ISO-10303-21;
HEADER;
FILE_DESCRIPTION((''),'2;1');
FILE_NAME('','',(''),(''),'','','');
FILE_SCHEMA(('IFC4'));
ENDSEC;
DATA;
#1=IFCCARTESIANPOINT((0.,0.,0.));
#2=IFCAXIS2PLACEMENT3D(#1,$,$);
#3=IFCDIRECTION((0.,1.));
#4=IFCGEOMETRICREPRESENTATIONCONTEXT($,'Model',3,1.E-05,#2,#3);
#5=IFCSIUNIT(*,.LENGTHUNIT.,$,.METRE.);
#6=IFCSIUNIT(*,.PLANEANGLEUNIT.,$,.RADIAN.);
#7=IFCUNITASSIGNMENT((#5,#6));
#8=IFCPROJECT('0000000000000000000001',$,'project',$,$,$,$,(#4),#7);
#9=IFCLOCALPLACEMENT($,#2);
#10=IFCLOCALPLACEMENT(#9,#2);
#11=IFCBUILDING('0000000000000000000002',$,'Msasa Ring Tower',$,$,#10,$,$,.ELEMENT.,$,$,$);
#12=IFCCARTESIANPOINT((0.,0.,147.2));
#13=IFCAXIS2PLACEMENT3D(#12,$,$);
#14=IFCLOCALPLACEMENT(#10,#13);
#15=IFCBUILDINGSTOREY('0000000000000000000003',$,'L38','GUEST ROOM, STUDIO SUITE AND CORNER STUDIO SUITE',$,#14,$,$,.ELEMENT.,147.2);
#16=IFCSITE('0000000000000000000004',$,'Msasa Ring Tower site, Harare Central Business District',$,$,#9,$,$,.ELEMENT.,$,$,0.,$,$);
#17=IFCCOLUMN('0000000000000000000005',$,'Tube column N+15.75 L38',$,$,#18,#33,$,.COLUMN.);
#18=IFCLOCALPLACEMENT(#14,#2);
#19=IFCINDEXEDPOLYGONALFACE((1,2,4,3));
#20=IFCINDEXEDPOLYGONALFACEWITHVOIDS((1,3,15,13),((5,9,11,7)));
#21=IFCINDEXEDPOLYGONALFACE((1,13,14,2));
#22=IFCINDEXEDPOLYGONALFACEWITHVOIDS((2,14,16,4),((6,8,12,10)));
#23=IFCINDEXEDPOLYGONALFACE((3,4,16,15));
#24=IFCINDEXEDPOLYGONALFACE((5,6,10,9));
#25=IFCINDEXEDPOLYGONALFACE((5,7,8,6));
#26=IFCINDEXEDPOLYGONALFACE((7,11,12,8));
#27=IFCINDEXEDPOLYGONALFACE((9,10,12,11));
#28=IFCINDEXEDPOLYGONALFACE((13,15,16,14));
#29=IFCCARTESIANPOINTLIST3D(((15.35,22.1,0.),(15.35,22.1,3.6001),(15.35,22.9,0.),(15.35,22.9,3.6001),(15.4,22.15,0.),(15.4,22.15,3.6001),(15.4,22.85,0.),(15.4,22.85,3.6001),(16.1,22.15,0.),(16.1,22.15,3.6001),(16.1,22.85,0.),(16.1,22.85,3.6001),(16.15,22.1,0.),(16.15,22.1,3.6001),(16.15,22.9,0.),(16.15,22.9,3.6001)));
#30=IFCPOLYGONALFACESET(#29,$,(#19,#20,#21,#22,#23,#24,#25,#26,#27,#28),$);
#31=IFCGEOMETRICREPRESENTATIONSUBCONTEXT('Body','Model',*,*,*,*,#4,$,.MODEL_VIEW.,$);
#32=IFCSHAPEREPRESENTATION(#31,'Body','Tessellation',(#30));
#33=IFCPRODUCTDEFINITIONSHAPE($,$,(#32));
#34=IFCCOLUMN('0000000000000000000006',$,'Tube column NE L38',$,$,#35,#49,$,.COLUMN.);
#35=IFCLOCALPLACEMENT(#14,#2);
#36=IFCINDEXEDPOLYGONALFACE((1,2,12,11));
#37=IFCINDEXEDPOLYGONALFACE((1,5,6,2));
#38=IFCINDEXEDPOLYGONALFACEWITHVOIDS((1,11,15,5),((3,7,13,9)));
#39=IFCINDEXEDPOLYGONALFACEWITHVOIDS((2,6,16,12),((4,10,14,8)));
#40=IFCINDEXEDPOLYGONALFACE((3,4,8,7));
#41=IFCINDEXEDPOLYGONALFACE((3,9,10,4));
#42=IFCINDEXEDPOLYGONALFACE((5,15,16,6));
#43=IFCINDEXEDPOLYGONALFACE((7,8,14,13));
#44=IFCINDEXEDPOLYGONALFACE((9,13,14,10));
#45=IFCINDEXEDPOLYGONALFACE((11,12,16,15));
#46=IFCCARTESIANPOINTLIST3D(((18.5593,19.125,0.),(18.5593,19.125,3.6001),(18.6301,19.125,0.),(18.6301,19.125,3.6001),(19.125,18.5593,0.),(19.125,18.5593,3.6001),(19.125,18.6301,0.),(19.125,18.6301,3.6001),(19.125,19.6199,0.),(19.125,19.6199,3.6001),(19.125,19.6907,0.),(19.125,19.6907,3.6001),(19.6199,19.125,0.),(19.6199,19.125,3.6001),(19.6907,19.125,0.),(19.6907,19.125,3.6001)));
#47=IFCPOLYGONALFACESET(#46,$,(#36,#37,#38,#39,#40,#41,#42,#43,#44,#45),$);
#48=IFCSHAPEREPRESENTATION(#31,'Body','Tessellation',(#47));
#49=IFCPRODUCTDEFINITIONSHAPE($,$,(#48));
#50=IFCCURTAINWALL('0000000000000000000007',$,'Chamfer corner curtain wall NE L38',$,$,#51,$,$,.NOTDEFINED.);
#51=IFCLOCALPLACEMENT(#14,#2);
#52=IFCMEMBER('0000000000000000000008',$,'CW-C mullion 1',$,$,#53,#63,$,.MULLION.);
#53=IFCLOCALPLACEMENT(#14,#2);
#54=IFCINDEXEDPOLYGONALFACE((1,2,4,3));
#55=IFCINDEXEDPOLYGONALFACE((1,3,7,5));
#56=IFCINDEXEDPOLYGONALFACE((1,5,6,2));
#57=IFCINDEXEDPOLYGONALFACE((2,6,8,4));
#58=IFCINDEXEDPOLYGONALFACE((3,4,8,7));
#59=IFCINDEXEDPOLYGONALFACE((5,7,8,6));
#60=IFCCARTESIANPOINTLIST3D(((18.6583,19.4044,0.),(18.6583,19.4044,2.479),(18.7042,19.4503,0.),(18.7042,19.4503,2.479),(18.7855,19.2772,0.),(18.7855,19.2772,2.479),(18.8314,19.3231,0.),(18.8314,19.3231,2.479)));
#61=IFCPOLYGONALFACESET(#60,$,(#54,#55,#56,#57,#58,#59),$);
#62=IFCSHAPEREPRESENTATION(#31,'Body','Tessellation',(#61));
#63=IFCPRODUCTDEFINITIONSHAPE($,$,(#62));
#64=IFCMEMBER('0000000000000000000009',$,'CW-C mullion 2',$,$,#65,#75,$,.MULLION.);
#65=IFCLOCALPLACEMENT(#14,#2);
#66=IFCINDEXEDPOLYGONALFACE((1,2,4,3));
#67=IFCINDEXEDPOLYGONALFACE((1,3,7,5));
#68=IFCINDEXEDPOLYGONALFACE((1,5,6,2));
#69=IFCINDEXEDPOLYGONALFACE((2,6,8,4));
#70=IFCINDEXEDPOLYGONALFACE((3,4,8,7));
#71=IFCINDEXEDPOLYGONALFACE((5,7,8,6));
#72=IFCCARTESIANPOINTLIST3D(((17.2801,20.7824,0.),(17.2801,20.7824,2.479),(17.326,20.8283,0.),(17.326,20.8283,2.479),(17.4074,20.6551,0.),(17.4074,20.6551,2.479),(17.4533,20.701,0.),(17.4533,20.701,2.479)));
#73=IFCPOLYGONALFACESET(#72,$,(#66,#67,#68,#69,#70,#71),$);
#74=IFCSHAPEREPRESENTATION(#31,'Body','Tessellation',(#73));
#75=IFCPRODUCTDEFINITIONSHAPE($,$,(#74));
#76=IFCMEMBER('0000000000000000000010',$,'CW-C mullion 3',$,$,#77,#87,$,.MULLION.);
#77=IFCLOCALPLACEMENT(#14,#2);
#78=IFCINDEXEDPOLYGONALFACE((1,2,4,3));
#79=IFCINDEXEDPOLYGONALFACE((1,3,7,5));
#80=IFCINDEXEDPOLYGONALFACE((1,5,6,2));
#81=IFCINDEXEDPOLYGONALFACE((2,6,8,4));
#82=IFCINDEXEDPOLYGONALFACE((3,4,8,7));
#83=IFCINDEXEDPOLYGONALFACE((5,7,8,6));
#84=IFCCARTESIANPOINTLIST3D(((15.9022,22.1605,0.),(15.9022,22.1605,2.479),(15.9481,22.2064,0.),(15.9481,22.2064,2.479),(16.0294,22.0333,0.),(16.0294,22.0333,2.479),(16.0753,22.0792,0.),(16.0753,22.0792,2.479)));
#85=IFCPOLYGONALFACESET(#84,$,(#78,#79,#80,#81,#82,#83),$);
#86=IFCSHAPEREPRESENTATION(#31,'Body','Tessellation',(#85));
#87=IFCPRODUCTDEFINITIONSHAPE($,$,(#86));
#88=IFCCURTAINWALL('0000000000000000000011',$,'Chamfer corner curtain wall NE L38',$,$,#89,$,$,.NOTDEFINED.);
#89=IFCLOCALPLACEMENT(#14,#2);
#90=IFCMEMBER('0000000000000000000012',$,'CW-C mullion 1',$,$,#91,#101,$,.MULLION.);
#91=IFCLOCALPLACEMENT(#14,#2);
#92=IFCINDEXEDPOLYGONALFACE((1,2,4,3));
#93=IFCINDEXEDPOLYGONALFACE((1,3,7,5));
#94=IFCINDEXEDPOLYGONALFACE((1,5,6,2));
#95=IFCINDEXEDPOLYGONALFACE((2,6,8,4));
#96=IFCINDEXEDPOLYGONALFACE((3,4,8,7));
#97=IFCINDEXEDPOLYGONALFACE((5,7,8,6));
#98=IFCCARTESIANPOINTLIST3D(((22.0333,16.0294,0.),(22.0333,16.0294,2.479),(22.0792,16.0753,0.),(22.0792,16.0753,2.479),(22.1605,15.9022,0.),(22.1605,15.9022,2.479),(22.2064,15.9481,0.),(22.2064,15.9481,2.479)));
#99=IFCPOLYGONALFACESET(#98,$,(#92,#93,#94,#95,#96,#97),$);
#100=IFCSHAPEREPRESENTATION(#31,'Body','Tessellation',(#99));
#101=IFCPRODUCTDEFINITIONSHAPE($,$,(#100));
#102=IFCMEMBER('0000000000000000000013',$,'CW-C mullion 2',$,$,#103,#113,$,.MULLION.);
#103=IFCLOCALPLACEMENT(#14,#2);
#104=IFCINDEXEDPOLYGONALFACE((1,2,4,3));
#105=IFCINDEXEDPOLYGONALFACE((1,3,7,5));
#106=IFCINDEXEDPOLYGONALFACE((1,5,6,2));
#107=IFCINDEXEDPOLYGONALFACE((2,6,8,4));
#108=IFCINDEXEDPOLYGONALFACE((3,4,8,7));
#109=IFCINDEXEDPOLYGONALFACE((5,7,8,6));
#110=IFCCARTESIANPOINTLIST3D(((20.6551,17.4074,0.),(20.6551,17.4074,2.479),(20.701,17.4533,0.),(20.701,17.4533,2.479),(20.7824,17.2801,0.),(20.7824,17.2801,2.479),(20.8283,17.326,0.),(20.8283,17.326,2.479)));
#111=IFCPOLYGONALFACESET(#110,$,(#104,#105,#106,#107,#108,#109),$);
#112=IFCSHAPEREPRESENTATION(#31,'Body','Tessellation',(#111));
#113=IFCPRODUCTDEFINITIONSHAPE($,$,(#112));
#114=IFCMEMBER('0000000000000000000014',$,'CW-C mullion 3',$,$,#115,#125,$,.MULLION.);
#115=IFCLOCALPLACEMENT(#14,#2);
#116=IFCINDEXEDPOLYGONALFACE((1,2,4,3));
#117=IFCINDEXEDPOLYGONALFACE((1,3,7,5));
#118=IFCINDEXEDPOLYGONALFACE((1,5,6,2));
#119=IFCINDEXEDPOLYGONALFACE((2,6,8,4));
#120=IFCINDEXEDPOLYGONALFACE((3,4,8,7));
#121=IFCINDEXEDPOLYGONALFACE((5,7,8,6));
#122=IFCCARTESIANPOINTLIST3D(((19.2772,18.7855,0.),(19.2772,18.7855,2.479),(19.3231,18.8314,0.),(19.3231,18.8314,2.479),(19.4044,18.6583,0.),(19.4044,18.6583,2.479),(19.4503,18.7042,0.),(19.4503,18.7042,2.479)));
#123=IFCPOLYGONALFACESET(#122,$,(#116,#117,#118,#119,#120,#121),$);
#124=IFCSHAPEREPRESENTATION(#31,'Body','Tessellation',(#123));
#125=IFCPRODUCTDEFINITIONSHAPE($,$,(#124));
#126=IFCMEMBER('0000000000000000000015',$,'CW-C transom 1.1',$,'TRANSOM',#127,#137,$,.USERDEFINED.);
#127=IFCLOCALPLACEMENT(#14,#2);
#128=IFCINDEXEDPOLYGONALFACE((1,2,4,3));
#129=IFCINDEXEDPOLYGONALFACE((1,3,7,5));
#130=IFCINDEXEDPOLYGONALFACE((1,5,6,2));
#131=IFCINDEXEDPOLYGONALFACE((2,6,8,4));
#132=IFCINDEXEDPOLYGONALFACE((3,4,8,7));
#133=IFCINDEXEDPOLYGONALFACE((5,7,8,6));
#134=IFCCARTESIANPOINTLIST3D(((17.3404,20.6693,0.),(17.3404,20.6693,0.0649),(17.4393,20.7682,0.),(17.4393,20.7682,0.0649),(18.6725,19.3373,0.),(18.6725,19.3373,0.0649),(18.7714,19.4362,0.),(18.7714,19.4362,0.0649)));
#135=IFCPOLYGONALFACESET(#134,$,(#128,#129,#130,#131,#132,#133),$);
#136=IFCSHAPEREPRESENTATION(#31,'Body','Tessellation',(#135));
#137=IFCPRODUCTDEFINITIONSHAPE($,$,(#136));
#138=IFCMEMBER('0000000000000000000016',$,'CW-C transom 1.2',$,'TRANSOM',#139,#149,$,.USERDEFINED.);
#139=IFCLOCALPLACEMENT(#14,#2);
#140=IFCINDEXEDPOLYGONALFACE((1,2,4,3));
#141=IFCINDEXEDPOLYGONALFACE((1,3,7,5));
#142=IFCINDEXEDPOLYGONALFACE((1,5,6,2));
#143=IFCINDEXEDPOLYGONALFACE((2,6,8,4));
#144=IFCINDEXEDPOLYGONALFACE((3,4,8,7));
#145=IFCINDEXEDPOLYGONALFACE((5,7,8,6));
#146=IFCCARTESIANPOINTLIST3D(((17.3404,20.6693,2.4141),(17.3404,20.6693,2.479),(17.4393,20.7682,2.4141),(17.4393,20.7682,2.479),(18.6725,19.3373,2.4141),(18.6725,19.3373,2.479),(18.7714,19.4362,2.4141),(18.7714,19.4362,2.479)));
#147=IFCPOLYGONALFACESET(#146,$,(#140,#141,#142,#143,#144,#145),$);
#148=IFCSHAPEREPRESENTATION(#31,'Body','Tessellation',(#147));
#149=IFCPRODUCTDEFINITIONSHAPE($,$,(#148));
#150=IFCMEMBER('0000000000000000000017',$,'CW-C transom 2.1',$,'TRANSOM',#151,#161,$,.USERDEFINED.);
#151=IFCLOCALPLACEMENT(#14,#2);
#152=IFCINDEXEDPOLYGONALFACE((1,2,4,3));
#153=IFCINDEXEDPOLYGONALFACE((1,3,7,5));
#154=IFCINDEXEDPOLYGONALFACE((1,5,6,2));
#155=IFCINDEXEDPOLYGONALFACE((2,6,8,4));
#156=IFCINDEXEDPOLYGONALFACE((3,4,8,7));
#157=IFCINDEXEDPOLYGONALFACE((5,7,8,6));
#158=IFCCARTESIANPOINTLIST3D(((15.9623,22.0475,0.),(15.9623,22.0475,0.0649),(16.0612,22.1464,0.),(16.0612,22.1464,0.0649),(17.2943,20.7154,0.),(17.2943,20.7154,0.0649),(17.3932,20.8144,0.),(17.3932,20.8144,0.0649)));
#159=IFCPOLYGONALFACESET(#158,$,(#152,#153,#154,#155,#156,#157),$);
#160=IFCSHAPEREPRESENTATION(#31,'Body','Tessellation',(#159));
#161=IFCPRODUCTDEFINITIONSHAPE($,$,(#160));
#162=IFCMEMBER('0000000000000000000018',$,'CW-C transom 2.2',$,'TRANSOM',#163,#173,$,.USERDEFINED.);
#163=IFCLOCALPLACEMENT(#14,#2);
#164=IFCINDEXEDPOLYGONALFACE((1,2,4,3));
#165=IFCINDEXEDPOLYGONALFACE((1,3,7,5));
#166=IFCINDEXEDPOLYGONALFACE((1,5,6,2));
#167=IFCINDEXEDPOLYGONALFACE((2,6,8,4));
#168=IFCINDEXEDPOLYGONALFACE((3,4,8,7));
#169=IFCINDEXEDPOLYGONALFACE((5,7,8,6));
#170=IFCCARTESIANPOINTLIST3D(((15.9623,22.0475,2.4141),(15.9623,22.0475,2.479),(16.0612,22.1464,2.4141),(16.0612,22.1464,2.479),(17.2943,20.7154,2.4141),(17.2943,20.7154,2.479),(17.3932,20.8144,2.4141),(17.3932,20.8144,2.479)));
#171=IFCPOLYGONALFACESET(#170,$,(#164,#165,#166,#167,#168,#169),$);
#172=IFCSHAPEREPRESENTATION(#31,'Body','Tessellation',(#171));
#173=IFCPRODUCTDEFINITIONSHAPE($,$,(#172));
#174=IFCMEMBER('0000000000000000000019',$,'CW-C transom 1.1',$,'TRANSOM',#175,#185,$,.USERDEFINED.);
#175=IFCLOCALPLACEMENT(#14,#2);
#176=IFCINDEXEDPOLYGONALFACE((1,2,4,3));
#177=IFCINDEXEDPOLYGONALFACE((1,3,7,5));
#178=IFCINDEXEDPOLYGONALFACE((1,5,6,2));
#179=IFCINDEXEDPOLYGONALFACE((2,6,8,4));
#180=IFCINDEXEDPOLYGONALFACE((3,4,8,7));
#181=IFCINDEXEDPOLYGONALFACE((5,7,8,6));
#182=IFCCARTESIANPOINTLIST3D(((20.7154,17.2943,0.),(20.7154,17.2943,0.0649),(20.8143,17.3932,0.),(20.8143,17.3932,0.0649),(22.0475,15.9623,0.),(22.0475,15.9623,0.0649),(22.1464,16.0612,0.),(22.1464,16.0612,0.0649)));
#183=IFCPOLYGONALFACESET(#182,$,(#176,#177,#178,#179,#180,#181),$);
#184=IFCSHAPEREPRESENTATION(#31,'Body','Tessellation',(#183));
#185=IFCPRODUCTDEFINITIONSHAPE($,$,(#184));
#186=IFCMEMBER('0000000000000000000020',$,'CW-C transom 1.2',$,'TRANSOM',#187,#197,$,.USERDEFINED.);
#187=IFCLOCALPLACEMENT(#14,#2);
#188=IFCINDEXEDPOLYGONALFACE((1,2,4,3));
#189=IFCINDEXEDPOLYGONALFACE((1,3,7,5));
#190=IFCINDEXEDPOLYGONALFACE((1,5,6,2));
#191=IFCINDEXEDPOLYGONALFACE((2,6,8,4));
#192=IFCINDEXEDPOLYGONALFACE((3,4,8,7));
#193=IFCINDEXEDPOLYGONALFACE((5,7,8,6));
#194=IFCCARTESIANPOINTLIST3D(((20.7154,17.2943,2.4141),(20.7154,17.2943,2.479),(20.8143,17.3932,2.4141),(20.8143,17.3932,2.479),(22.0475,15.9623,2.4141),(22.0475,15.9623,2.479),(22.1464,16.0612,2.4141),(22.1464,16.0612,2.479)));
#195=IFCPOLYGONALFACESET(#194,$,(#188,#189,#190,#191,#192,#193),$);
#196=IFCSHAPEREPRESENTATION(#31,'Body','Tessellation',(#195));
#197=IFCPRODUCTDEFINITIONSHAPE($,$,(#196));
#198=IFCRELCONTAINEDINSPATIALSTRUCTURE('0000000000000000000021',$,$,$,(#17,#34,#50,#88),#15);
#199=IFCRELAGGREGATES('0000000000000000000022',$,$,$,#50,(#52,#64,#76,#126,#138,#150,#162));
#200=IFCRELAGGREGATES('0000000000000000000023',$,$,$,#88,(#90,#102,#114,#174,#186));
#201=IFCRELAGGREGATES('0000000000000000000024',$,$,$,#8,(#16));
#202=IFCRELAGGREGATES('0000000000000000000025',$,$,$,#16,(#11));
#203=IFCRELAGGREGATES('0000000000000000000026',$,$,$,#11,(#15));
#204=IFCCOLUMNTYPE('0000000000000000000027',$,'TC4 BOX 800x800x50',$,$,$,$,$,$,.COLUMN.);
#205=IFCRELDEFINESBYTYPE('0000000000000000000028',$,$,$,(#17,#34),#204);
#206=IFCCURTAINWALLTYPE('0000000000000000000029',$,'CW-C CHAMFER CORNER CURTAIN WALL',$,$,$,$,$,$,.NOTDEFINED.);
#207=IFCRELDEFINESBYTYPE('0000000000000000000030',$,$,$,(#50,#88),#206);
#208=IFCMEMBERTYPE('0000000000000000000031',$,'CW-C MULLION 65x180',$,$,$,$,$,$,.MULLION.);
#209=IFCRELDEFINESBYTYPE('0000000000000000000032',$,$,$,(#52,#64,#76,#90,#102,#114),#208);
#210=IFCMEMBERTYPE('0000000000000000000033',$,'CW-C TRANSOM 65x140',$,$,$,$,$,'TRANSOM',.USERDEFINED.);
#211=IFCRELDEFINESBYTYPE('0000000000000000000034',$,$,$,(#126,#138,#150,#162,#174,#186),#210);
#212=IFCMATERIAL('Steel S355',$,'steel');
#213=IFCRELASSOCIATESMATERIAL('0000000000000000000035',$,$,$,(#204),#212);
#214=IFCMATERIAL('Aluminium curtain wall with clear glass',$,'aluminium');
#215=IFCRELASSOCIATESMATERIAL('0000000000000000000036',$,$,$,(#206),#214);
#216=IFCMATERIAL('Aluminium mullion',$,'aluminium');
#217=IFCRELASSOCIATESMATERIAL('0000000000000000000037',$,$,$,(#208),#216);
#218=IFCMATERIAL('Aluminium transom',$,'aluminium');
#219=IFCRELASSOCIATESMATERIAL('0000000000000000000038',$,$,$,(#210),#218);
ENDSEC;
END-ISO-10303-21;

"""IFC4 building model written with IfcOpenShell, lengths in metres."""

from ifc_helpers import new_model, si_unit, direction, frame, origin, origin_2d, place, context, subcontext, project, spatial, rectangle, hollow_rectangle, extrude, material, material_profile, profile_set, type_object, element, aggregate, save


model = new_model("IFC4")

# Units and contexts
model_context = context("Model", 3, precision=1e-05, world=origin(), true_north=direction((0.0, 1.0)))
body_context = subcontext(model_context, "Body", "Model", "MODEL_VIEW")
ifc_project = project(units=[si_unit("LENGTHUNIT", "METRE"), si_unit("PLANEANGLEUNIT", "RADIAN")], contexts=[model_context])

# Site, building, storey
site_placement = place(None, origin())
site = spatial("IfcSite", under=ifc_project, at=site_placement, Name="Msasa Ring Tower site, Harare Central Business District", CompositionType="ELEMENT", RefElevation=0.0)
building_placement = place(site_placement, origin())
building = spatial("IfcBuilding", under=site, at=building_placement, Name="Msasa Ring Tower", CompositionType="ELEMENT")
storey_placement = place(building_placement, frame((0.0, 0.0, 147.2)))
storey = spatial("IfcBuildingStorey", under=building, at=storey_placement, Name="L38", Description="GUEST ROOM, STUDIO SUITE AND CORNER STUDIO SUITE", CompositionType="ELEMENT", Elevation=147.2)

# Columns
ifc_material_1 = material(Name="Steel S355", Category="steel")
ifc_material_profile_1 = material_profile(ifc_material_1, hollow_rectangle(XDim=0.8, YDim=0.8, WallThickness=0.05, at=origin_2d()), Name="BOX 800x800x50")
ifc_profile_set_1 = profile_set([ifc_material_profile_1], Name="Steel S355")
column_type = type_object("IfcColumnType", Name="TC4 BOX 800x800x50", PredefinedType="COLUMN", material=ifc_profile_set_1)
for number, where, z_axis, x_axis, name in (
    (1, (15.75, 22.5, 0.0), (0.0, 0.0, 1.0), (0.0, 1.0, 0.0), "Tube column N+15.75 L38"),
    (2, (19.125, 19.125, 0.0), (0.0, 0.0, 1.0), (0.707107, 0.707107, 0.0), "Tube column NE L38"),
):
    element("IfcColumn", number, at=place(storey_placement, frame(where, z_axis=z_axis, x_axis=x_axis)), inside=storey, type_object=column_type, Name=name, PredefinedType="COLUMN", context=body_context, shape_type="SweptSolid", body=[
        extrude(hollow_rectangle(XDim=0.8, YDim=0.8, WallThickness=0.05, at=origin_2d()), origin(), (0.0, 0.0, 1.0), 3.6001),
    ])

# Curtain walls, members
ifc_material_2 = material(Name="Aluminium curtain wall with clear glass", Category="aluminium")
curtain_wall_type = type_object("IfcCurtainWallType", Name="CW-C CHAMFER CORNER CURTAIN WALL", PredefinedType="NOTDEFINED", material=ifc_material_2)
curtain_wall_1_placement = place(storey_placement, origin())
curtain_wall_1 = element("IfcCurtainWall", 3, at=curtain_wall_1_placement, inside=storey, type_object=curtain_wall_type, Name="Chamfer corner curtain wall NE L38", PredefinedType="NOTDEFINED")
ifc_material_3 = material(Name="Aluminium mullion", Category="aluminium")
ifc_material_profile_2 = material_profile(ifc_material_3, rectangle(XDim=0.0649, YDim=0.1799, at=origin_2d()), Name="AL 65x180")
ifc_profile_set_2 = profile_set([ifc_material_profile_2], Name="Aluminium mullion")
member_type_1 = type_object("IfcMemberType", Name="CW-C MULLION 65x180", PredefinedType="MULLION", material=ifc_profile_set_2)
member_1_placement = place(storey_placement, frame((18.7449, 19.3638, 0.0), z_axis=(0.0, 0.0, 1.0), x_axis=(-0.707107, -0.707107, 0.0)))
member_1 = element("IfcMember", 4, at=member_1_placement, type_object=member_type_1, Name="CW-C mullion 1", PredefinedType="MULLION", context=body_context, shape_type="SweptSolid", body=[
    extrude(rectangle(XDim=0.0649, YDim=0.1799, at=origin_2d()), origin(), (0.0, 0.0, 1.0), 2.479),
])
member_2_placement = place(storey_placement, frame((17.3667, 20.7417, 0.0), z_axis=(0.0, 0.0, 1.0), x_axis=(-0.707107, -0.707107, 0.0)))
member_2 = element("IfcMember", 5, at=member_2_placement, type_object=member_type_1, Name="CW-C mullion 2", PredefinedType="MULLION", context=body_context, shape_type="SweptSolid", body=[
    extrude(rectangle(XDim=0.0649, YDim=0.1799, at=origin_2d()), origin(), (0.0, 0.0, 1.0), 2.479),
])
member_3_placement = place(storey_placement, frame((15.9888, 22.1199, 0.0), z_axis=(0.0, 0.0, 1.0), x_axis=(-0.707107, -0.707107, 0.0)))
member_3 = element("IfcMember", 6, at=member_3_placement, type_object=member_type_1, Name="CW-C mullion 3", PredefinedType="MULLION", context=body_context, shape_type="SweptSolid", body=[
    extrude(rectangle(XDim=0.0649, YDim=0.1799, at=origin_2d()), origin(), (0.0, 0.0, 1.0), 2.479),
])
curtain_wall_2_placement = place(storey_placement, origin())
curtain_wall_2 = element("IfcCurtainWall", 7, at=curtain_wall_2_placement, inside=storey, type_object=curtain_wall_type, Name="Chamfer corner curtain wall NE L38", PredefinedType="NOTDEFINED")
member_4_placement = place(storey_placement, frame((22.1199, 15.9888, 0.0), z_axis=(0.0, 0.0, 1.0), x_axis=(-0.707107, -0.707107, 0.0)))
member_4 = element("IfcMember", 8, at=member_4_placement, type_object=member_type_1, Name="CW-C mullion 1", PredefinedType="MULLION", context=body_context, shape_type="SweptSolid", body=[
    extrude(rectangle(XDim=0.0649, YDim=0.1799, at=origin_2d()), origin(), (0.0, 0.0, 1.0), 2.479),
])
member_5_placement = place(storey_placement, frame((20.7417, 17.3667, 0.0), z_axis=(0.0, 0.0, 1.0), x_axis=(-0.707107, -0.707107, 0.0)))
member_5 = element("IfcMember", 9, at=member_5_placement, type_object=member_type_1, Name="CW-C mullion 2", PredefinedType="MULLION", context=body_context, shape_type="SweptSolid", body=[
    extrude(rectangle(XDim=0.0649, YDim=0.1799, at=origin_2d()), origin(), (0.0, 0.0, 1.0), 2.479),
])
member_6_placement = place(storey_placement, frame((19.3638, 18.7449, 0.0), z_axis=(0.0, 0.0, 1.0), x_axis=(-0.707107, -0.707107, 0.0)))
member_6 = element("IfcMember", 10, at=member_6_placement, type_object=member_type_1, Name="CW-C mullion 3", PredefinedType="MULLION", context=body_context, shape_type="SweptSolid", body=[
    extrude(rectangle(XDim=0.0649, YDim=0.1799, at=origin_2d()), origin(), (0.0, 0.0, 1.0), 2.479),
])

# Members
ifc_material_4 = material(Name="Aluminium transom", Category="aluminium")
ifc_material_profile_3 = material_profile(ifc_material_4, rectangle(XDim=0.1399, YDim=0.0649, at=origin_2d()), Name="AL 65x140")
ifc_profile_set_3 = profile_set([ifc_material_profile_3], Name="Aluminium transom")
member_type_2 = type_object("IfcMemberType", Name="CW-C TRANSOM 65x140", ElementType="TRANSOM", PredefinedType="USERDEFINED", material=ifc_profile_set_3)
member_7_placement = place(storey_placement, frame((18.7219, 19.3867, 0.0325), z_axis=(-0.707107, 0.707107, 0.0), x_axis=(-0.707107, -0.707107, 0.0)))
member_7 = element("IfcMember", 11, at=member_7_placement, type_object=member_type_2, Name="CW-C transom 1.1", ObjectType="TRANSOM", PredefinedType="USERDEFINED", context=body_context, shape_type="SweptSolid", body=[
    extrude(rectangle(XDim=0.1399, YDim=0.0649, at=origin_2d()), origin(), (0.0, 0.0, 1.0), 1.8838),
])
member_8_placement = place(storey_placement, frame((18.7219, 19.3867, 2.4465), z_axis=(-0.707107, 0.707107, 0.0), x_axis=(-0.707107, -0.707107, 0.0)))
member_8 = element("IfcMember", 12, at=member_8_placement, type_object=member_type_2, Name="CW-C transom 1.2", ObjectType="TRANSOM", PredefinedType="USERDEFINED", context=body_context, shape_type="SweptSolid", body=[
    extrude(rectangle(XDim=0.1399, YDim=0.0649, at=origin_2d()), origin(), (0.0, 0.0, 1.0), 1.8838),
])
member_9_placement = place(storey_placement, frame((17.3438, 20.7649, 0.0325), z_axis=(-0.707107, 0.707107, 0.0), x_axis=(-0.707107, -0.707107, 0.0)))
member_9 = element("IfcMember", 13, at=member_9_placement, type_object=member_type_2, Name="CW-C transom 2.1", ObjectType="TRANSOM", PredefinedType="USERDEFINED", context=body_context, shape_type="SweptSolid", body=[
    extrude(rectangle(XDim=0.1399, YDim=0.0649, at=origin_2d()), origin(), (0.0, 0.0, 1.0), 1.8838),
])
member_10_placement = place(storey_placement, frame((17.3438, 20.7649, 2.4465), z_axis=(-0.707107, 0.707107, 0.0), x_axis=(-0.707107, -0.707107, 0.0)))
member_10 = element("IfcMember", 14, at=member_10_placement, type_object=member_type_2, Name="CW-C transom 2.2", ObjectType="TRANSOM", PredefinedType="USERDEFINED", context=body_context, shape_type="SweptSolid", body=[
    extrude(rectangle(XDim=0.1399, YDim=0.0649, at=origin_2d()), origin(), (0.0, 0.0, 1.0), 1.8838),
])
member_11_placement = place(storey_placement, frame((22.0969, 16.0117, 0.0325), z_axis=(-0.707107, 0.707107, 0.0), x_axis=(-0.707107, -0.707107, 0.0)))
member_11 = element("IfcMember", 15, at=member_11_placement, type_object=member_type_2, Name="CW-C transom 1.1", ObjectType="TRANSOM", PredefinedType="USERDEFINED", context=body_context, shape_type="SweptSolid", body=[
    extrude(rectangle(XDim=0.1399, YDim=0.0649, at=origin_2d()), origin(), (0.0, 0.0, 1.0), 1.8838),
])
member_12_placement = place(storey_placement, frame((22.0969, 16.0117, 2.4465), z_axis=(-0.707107, 0.707107, 0.0), x_axis=(-0.707107, -0.707107, 0.0)))
member_12 = element("IfcMember", 16, at=member_12_placement, type_object=member_type_2, Name="CW-C transom 1.2", ObjectType="TRANSOM", PredefinedType="USERDEFINED", context=body_context, shape_type="SweptSolid", body=[
    extrude(rectangle(XDim=0.1399, YDim=0.0649, at=origin_2d()), origin(), (0.0, 0.0, 1.0), 1.8838),
])

aggregate(curtain_wall_1, [member_1, member_2, member_3, member_7, member_8, member_9, member_10])
aggregate(curtain_wall_2, [member_4, member_5, member_6, member_11, member_12])

save(model, "model.ifc")
